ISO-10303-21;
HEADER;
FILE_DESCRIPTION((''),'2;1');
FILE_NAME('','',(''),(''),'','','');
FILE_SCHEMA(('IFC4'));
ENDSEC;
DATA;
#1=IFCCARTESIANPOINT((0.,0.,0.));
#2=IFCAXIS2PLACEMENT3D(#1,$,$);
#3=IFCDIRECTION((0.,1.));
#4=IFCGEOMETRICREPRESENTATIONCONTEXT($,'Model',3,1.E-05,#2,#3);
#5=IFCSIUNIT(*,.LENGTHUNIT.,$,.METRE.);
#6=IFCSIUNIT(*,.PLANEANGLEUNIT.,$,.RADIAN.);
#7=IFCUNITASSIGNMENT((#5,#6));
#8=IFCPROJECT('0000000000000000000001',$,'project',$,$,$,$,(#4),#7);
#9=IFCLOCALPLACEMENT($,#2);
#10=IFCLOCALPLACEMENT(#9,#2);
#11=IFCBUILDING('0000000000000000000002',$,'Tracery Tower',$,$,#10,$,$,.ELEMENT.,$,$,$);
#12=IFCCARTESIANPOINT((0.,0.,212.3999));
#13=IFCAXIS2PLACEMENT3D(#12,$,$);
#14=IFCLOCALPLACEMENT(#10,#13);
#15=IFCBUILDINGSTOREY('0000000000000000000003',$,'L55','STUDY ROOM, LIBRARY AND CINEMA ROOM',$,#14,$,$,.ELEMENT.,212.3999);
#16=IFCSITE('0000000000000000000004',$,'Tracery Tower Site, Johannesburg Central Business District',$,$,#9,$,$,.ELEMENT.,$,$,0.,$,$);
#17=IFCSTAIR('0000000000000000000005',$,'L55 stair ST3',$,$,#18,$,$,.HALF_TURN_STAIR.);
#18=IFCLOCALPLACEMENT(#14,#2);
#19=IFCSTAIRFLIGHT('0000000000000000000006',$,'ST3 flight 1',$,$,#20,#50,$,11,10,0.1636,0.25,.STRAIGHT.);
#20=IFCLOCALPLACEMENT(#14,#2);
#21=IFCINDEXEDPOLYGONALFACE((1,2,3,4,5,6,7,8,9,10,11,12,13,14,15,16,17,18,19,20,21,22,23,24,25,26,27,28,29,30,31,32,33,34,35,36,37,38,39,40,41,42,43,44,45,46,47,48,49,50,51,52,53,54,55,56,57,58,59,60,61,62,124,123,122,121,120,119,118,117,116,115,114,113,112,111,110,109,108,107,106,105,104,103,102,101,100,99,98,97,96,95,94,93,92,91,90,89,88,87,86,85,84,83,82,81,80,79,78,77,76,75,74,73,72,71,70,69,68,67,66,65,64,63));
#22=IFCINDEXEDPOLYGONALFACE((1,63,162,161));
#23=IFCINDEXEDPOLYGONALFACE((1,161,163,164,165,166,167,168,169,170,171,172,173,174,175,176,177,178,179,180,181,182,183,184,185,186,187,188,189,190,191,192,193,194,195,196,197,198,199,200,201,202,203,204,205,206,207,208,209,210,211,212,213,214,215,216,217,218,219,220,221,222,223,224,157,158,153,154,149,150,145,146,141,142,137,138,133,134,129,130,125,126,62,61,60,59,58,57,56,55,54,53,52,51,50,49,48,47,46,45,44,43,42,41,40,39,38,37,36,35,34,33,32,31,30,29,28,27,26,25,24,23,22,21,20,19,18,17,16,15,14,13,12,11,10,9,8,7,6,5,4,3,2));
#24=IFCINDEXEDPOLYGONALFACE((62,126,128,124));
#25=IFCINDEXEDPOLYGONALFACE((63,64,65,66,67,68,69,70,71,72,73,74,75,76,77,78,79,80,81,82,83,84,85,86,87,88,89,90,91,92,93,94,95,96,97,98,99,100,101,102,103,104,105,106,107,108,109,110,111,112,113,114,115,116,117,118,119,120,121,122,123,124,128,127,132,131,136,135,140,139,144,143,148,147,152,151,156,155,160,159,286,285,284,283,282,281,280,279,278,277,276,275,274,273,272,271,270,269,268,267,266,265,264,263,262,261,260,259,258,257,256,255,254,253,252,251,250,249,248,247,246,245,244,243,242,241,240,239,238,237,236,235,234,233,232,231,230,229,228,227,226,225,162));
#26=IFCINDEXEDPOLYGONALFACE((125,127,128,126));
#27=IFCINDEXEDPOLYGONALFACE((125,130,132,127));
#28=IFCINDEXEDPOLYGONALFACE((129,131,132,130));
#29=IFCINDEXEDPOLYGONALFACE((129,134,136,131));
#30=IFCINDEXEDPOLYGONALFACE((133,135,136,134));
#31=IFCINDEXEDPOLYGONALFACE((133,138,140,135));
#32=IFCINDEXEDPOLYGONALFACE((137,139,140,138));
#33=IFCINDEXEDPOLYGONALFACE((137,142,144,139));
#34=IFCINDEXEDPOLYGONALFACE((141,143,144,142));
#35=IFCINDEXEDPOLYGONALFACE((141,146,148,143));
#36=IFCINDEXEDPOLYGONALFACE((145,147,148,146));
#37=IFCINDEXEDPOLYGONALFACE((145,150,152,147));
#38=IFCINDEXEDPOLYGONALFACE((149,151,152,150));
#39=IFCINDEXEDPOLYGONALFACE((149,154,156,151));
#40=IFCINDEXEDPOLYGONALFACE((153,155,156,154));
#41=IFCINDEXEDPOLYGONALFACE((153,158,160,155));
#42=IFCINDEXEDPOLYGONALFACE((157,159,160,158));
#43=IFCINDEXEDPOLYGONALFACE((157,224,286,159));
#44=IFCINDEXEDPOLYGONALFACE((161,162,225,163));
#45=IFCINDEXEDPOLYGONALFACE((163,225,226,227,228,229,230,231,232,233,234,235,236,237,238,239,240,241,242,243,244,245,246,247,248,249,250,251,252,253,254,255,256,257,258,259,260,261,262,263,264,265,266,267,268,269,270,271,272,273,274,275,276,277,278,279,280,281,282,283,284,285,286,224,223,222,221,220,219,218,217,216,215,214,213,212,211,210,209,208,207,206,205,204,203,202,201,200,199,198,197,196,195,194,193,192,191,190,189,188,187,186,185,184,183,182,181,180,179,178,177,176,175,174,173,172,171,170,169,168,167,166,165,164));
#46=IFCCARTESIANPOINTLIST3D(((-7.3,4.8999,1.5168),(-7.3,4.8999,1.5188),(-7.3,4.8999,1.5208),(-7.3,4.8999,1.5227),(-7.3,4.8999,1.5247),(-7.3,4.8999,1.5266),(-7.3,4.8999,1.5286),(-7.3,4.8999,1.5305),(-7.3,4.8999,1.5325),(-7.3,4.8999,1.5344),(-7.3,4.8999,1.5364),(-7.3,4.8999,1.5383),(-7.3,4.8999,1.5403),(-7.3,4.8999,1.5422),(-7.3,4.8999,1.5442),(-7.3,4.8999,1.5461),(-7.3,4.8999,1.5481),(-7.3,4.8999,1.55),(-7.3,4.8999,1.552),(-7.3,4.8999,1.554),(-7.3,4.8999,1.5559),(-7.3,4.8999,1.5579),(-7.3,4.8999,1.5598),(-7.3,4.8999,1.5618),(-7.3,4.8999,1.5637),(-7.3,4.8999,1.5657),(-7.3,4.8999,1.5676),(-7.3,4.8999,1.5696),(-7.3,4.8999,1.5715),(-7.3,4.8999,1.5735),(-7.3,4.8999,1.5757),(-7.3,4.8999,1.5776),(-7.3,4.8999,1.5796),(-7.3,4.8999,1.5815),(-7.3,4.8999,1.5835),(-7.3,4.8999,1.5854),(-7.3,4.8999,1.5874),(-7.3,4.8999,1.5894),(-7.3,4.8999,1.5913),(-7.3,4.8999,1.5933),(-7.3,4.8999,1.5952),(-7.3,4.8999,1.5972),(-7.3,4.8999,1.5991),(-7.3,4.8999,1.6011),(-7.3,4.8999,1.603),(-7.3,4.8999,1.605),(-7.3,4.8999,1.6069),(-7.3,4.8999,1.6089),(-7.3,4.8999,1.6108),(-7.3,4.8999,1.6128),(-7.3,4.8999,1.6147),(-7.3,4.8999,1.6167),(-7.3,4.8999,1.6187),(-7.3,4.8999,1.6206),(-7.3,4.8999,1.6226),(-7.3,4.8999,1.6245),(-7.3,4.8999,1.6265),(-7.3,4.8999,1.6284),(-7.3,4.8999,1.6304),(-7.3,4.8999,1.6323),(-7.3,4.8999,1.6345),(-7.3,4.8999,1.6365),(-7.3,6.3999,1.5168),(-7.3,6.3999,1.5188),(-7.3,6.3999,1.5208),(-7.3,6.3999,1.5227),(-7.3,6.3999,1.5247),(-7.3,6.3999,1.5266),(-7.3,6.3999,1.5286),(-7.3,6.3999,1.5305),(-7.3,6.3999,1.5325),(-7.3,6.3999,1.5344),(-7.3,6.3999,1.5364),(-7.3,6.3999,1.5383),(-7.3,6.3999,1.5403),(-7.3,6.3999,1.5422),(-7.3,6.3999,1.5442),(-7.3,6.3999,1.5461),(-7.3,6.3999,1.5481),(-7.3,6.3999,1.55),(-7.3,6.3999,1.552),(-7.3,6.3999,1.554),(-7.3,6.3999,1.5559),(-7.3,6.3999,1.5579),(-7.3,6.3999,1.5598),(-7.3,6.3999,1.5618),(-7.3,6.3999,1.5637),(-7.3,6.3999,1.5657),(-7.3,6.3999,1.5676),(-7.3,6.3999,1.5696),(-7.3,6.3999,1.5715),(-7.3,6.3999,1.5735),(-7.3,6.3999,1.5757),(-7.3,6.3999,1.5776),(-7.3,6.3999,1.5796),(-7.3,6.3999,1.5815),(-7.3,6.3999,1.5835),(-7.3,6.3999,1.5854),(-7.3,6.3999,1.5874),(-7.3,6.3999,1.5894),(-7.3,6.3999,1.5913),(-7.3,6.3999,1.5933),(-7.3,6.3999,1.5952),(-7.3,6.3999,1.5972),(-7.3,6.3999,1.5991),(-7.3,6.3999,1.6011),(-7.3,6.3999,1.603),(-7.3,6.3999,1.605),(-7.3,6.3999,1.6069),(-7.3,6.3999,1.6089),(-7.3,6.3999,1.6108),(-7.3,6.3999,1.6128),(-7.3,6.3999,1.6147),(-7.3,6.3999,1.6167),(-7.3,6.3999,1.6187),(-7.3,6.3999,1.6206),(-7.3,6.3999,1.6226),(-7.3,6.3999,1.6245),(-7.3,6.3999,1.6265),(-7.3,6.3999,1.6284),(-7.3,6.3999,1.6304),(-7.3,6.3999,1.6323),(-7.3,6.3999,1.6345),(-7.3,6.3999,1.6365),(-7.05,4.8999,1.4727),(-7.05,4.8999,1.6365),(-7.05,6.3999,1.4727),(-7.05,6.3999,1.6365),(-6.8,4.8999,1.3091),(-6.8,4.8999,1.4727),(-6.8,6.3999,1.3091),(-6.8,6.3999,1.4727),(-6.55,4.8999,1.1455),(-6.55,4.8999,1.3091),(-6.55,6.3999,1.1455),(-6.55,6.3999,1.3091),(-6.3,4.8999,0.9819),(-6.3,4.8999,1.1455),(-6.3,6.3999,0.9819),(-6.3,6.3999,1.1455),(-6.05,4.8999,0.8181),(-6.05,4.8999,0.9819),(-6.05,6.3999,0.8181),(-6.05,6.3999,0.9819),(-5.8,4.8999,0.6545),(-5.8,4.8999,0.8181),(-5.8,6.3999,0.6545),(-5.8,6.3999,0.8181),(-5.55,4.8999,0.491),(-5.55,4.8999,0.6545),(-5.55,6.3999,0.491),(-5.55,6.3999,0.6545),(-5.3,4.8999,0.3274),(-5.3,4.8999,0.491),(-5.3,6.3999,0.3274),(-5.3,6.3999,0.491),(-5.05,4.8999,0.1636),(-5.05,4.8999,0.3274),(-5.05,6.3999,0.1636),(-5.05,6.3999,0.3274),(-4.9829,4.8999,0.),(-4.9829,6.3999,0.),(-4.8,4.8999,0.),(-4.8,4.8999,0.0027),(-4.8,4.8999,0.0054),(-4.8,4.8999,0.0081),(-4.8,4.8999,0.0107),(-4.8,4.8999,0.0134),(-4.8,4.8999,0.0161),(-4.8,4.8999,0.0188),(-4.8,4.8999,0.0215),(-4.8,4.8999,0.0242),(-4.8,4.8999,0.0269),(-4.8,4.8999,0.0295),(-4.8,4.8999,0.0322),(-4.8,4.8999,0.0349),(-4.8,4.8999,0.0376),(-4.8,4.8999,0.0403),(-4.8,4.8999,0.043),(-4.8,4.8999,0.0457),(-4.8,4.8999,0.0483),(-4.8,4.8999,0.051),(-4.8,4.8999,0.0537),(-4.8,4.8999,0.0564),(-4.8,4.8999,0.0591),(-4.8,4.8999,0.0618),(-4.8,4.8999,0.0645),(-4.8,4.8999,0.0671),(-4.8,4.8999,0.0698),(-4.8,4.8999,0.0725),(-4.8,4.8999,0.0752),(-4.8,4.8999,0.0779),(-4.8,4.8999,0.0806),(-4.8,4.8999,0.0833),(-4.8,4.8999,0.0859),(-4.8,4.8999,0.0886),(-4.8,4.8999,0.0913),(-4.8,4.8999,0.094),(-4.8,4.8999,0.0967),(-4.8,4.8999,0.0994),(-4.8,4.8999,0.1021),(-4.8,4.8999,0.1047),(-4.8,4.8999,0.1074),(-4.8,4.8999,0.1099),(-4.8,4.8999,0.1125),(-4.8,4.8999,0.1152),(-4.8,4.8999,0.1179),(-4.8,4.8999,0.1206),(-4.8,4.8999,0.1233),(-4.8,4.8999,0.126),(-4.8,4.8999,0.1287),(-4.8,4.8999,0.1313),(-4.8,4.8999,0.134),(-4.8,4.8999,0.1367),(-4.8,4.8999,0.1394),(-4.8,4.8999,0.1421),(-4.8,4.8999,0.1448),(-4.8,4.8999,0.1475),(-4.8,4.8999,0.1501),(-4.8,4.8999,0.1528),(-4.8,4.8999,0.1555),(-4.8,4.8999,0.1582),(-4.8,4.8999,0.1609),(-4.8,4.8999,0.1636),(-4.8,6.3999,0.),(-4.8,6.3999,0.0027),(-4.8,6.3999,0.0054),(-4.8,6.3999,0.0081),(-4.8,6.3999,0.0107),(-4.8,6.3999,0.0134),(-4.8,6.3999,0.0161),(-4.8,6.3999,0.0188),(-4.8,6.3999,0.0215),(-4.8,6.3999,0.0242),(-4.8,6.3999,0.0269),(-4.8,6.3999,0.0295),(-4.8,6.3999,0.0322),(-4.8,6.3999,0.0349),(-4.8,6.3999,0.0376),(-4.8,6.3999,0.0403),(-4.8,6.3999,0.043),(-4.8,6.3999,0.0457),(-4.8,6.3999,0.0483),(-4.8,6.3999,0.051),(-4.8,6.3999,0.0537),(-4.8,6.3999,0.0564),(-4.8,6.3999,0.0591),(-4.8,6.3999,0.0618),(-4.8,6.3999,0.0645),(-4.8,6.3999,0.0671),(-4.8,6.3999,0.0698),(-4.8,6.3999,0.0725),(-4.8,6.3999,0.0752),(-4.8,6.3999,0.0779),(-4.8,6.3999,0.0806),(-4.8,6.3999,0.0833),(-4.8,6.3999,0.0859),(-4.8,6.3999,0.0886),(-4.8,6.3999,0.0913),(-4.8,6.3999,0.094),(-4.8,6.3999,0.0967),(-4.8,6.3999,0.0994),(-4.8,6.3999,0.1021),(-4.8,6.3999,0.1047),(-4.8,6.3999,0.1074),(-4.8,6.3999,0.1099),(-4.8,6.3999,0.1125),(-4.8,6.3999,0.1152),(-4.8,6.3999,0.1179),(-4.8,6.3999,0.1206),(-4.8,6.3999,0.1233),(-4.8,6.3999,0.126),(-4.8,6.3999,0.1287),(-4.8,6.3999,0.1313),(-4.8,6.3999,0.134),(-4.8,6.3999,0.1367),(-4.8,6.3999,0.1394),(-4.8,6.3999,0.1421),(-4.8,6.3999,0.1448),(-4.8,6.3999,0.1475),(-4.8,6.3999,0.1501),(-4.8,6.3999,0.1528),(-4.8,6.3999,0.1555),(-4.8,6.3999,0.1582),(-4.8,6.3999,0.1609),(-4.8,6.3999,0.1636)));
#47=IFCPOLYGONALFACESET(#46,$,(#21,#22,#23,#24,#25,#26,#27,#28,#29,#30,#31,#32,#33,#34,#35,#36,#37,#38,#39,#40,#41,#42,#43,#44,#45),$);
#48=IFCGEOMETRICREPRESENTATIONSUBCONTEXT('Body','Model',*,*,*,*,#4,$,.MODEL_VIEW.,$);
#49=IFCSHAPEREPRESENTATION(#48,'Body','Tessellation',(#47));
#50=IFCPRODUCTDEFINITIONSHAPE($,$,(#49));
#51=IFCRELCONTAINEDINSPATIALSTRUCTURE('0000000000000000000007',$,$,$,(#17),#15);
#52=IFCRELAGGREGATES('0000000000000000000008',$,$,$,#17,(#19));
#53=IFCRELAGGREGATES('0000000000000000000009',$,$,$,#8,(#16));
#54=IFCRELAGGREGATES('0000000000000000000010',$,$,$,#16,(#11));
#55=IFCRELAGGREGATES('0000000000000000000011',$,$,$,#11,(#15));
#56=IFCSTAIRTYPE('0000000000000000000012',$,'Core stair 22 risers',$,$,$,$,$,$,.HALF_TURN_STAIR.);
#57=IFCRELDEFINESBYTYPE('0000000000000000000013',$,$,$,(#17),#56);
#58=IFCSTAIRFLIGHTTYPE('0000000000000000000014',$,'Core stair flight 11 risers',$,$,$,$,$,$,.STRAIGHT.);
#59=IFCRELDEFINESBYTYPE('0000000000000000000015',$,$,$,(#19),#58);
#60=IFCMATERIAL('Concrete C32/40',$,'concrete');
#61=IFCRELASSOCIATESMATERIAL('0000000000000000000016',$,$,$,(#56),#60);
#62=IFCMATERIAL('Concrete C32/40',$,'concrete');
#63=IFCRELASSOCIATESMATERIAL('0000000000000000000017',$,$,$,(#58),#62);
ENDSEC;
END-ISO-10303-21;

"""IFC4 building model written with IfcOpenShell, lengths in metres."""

from ifc_helpers import new_model, si_unit, direction, frame, origin, place, context, subcontext, project, spatial, polyline, outline, extrude, material, type_object, element, aggregate, save


model = new_model("IFC4")

# Units and contexts
model_context = context("Model", 3, precision=1e-05, world=origin(), true_north=direction((0.0, 1.0)))
body_context = subcontext(model_context, "Body", "Model", "MODEL_VIEW")
ifc_project = project(units=[si_unit("LENGTHUNIT", "METRE"), si_unit("PLANEANGLEUNIT", "RADIAN")], contexts=[model_context])

# Site, building, storey
site_placement = place(None, origin())
site = spatial("IfcSite", under=ifc_project, at=site_placement, Name="Tracery Tower Site, Johannesburg Central Business District", CompositionType="ELEMENT", RefElevation=0.0)
building_placement = place(site_placement, origin())
building = spatial("IfcBuilding", under=site, at=building_placement, Name="Tracery Tower", CompositionType="ELEMENT")
storey_placement = place(building_placement, frame((0.0, 0.0, 212.3999)))
storey = spatial("IfcBuildingStorey", under=building, at=storey_placement, Name="L55", Description="STUDY ROOM, LIBRARY AND CINEMA ROOM", CompositionType="ELEMENT", Elevation=212.3999)

# Stair
ifc_material_1 = material(Name="Concrete C32/40", Category="concrete")
stair_type = type_object("IfcStairType", Name="Core stair 22 risers", PredefinedType="HALF_TURN_STAIR", material=ifc_material_1)
stair_1_placement = place(storey_placement, origin())
stair_1 = element("IfcStair", 1, at=stair_1_placement, inside=storey, type_object=stair_type, Name="L55 stair ST3", PredefinedType="HALF_TURN_STAIR")

# Stair flight
ifc_material_2 = material(Name="Concrete C32/40", Category="concrete")
stair_flight_type = type_object("IfcStairFlightType", Name="Core stair flight 11 risers", PredefinedType="STRAIGHT", material=ifc_material_2)
stair_flight_1_placement = place(storey_placement, frame((-4.8, 5.6499, 0.0), z_axis=(0.0, 0.0, 1.0), x_axis=(-1.0, 0.0, 0.0)))
stair_flight_1 = element("IfcStairFlight", 2, at=stair_flight_1_placement, type_object=stair_flight_type, Name="ST3 flight 1", NumberOfRisers=11, NumberOfTreads=10, PredefinedType="STRAIGHT", RiserHeight=0.1636, TreadLength=0.25, context=body_context, shape_type="SweptSolid", body=[
    extrude(outline(polyline([(0.0, 0.0), (0.0, 0.0027), (0.0, 0.0054), (0.0, 0.0081), (0.0, 0.0107), (0.0, 0.0134), (0.0, 0.0161), (0.0, 0.0188), (0.0, 0.0215), (0.0, 0.0242), (0.0, 0.0269), (0.0, 0.0295), (0.0, 0.0322), (0.0, 0.0349), (0.0, 0.0376), (0.0, 0.0403), (0.0, 0.043), (0.0, 0.0457), (0.0, 0.0483), (0.0, 0.051), (0.0, 0.0537), (0.0, 0.0564), (0.0, 0.0591), (0.0, 0.0618), (0.0, 0.0645), (0.0, 0.0671), (0.0, 0.0698), (0.0, 0.0725), (0.0, 0.0752), (0.0, 0.0779), (0.0, 0.0806), (0.0, 0.0833), (0.0, 0.0859), (0.0, 0.0886), (0.0, 0.0913), (0.0, 0.094), (0.0, 0.0967), (0.0, 0.0994), (0.0, 0.1021), (0.0, 0.1047), (0.0, 0.1074), (0.0, 0.1099), (0.0, 0.1125), (0.0, 0.1152), (0.0, 0.1179), (0.0, 0.1206), (0.0, 0.1233), (0.0, 0.126), (0.0, 0.1287), (0.0, 0.1313), (0.0, 0.134), (0.0, 0.1367), (0.0, 0.1394), (0.0, 0.1421), (0.0, 0.1448), (0.0, 0.1475), (0.0, 0.1501), (0.0, 0.1528), (0.0, 0.1555), (0.0, 0.1582), (0.0, 0.1609), (0.0, 0.1636), (0.25, 0.1636), (0.25, 0.3274), (0.5, 0.3274), (0.5, 0.491), (0.75, 0.491), (0.75, 0.6545), (1.0, 0.6545), (1.0, 0.8181), (1.25, 0.8181), (1.25, 0.9819), (1.5, 0.9819), (1.5, 1.1455), (1.75, 1.1455), (1.75, 1.3091), (2.0, 1.3091), (2.0, 1.4727), (2.25, 1.4727), (2.25, 1.6365), (2.5, 1.6365), (2.5, 1.6345), (2.5, 1.6323), (2.5, 1.6304), (2.5, 1.6284), (2.5, 1.6265), (2.5, 1.6245), (2.5, 1.6226), (2.5, 1.6206), (2.5, 1.6187), (2.5, 1.6167), (2.5, 1.6147), (2.5, 1.6128), (2.5, 1.6108), (2.5, 1.6089), (2.5, 1.6069), (2.5, 1.605), (2.5, 1.603), (2.5, 1.6011), (2.5, 1.5991), (2.5, 1.5972), (2.5, 1.5952), (2.5, 1.5933), (2.5, 1.5913), (2.5, 1.5894), (2.5, 1.5874), (2.5, 1.5854), (2.5, 1.5835), (2.5, 1.5815), (2.5, 1.5796), (2.5, 1.5776), (2.5, 1.5757), (2.5, 1.5735), (2.5, 1.5715), (2.5, 1.5696), (2.5, 1.5676), (2.5, 1.5657), (2.5, 1.5637), (2.5, 1.5618), (2.5, 1.5598), (2.5, 1.5579), (2.5, 1.5559), (2.5, 1.554), (2.5, 1.552), (2.5, 1.55), (2.5, 1.5481), (2.5, 1.5461), (2.5, 1.5442), (2.5, 1.5422), (2.5, 1.5403), (2.5, 1.5383), (2.5, 1.5364), (2.5, 1.5344), (2.5, 1.5325), (2.5, 1.5305), (2.5, 1.5286), (2.5, 1.5266), (2.5, 1.5247), (2.5, 1.5227), (2.5, 1.5208), (2.5, 1.5188), (2.5, 1.5168), (0.1829, 0.0), (0.0, 0.0)])), frame((0.0, 0.75, 0.0), z_axis=(0.0, -1.0, 0.0), x_axis=(1.0, 0.0, 0.0)), (0.0, 0.0, 1.0), 1.5),
])
aggregate(stair_1, [stair_flight_1])

save(model, "model.ifc")
